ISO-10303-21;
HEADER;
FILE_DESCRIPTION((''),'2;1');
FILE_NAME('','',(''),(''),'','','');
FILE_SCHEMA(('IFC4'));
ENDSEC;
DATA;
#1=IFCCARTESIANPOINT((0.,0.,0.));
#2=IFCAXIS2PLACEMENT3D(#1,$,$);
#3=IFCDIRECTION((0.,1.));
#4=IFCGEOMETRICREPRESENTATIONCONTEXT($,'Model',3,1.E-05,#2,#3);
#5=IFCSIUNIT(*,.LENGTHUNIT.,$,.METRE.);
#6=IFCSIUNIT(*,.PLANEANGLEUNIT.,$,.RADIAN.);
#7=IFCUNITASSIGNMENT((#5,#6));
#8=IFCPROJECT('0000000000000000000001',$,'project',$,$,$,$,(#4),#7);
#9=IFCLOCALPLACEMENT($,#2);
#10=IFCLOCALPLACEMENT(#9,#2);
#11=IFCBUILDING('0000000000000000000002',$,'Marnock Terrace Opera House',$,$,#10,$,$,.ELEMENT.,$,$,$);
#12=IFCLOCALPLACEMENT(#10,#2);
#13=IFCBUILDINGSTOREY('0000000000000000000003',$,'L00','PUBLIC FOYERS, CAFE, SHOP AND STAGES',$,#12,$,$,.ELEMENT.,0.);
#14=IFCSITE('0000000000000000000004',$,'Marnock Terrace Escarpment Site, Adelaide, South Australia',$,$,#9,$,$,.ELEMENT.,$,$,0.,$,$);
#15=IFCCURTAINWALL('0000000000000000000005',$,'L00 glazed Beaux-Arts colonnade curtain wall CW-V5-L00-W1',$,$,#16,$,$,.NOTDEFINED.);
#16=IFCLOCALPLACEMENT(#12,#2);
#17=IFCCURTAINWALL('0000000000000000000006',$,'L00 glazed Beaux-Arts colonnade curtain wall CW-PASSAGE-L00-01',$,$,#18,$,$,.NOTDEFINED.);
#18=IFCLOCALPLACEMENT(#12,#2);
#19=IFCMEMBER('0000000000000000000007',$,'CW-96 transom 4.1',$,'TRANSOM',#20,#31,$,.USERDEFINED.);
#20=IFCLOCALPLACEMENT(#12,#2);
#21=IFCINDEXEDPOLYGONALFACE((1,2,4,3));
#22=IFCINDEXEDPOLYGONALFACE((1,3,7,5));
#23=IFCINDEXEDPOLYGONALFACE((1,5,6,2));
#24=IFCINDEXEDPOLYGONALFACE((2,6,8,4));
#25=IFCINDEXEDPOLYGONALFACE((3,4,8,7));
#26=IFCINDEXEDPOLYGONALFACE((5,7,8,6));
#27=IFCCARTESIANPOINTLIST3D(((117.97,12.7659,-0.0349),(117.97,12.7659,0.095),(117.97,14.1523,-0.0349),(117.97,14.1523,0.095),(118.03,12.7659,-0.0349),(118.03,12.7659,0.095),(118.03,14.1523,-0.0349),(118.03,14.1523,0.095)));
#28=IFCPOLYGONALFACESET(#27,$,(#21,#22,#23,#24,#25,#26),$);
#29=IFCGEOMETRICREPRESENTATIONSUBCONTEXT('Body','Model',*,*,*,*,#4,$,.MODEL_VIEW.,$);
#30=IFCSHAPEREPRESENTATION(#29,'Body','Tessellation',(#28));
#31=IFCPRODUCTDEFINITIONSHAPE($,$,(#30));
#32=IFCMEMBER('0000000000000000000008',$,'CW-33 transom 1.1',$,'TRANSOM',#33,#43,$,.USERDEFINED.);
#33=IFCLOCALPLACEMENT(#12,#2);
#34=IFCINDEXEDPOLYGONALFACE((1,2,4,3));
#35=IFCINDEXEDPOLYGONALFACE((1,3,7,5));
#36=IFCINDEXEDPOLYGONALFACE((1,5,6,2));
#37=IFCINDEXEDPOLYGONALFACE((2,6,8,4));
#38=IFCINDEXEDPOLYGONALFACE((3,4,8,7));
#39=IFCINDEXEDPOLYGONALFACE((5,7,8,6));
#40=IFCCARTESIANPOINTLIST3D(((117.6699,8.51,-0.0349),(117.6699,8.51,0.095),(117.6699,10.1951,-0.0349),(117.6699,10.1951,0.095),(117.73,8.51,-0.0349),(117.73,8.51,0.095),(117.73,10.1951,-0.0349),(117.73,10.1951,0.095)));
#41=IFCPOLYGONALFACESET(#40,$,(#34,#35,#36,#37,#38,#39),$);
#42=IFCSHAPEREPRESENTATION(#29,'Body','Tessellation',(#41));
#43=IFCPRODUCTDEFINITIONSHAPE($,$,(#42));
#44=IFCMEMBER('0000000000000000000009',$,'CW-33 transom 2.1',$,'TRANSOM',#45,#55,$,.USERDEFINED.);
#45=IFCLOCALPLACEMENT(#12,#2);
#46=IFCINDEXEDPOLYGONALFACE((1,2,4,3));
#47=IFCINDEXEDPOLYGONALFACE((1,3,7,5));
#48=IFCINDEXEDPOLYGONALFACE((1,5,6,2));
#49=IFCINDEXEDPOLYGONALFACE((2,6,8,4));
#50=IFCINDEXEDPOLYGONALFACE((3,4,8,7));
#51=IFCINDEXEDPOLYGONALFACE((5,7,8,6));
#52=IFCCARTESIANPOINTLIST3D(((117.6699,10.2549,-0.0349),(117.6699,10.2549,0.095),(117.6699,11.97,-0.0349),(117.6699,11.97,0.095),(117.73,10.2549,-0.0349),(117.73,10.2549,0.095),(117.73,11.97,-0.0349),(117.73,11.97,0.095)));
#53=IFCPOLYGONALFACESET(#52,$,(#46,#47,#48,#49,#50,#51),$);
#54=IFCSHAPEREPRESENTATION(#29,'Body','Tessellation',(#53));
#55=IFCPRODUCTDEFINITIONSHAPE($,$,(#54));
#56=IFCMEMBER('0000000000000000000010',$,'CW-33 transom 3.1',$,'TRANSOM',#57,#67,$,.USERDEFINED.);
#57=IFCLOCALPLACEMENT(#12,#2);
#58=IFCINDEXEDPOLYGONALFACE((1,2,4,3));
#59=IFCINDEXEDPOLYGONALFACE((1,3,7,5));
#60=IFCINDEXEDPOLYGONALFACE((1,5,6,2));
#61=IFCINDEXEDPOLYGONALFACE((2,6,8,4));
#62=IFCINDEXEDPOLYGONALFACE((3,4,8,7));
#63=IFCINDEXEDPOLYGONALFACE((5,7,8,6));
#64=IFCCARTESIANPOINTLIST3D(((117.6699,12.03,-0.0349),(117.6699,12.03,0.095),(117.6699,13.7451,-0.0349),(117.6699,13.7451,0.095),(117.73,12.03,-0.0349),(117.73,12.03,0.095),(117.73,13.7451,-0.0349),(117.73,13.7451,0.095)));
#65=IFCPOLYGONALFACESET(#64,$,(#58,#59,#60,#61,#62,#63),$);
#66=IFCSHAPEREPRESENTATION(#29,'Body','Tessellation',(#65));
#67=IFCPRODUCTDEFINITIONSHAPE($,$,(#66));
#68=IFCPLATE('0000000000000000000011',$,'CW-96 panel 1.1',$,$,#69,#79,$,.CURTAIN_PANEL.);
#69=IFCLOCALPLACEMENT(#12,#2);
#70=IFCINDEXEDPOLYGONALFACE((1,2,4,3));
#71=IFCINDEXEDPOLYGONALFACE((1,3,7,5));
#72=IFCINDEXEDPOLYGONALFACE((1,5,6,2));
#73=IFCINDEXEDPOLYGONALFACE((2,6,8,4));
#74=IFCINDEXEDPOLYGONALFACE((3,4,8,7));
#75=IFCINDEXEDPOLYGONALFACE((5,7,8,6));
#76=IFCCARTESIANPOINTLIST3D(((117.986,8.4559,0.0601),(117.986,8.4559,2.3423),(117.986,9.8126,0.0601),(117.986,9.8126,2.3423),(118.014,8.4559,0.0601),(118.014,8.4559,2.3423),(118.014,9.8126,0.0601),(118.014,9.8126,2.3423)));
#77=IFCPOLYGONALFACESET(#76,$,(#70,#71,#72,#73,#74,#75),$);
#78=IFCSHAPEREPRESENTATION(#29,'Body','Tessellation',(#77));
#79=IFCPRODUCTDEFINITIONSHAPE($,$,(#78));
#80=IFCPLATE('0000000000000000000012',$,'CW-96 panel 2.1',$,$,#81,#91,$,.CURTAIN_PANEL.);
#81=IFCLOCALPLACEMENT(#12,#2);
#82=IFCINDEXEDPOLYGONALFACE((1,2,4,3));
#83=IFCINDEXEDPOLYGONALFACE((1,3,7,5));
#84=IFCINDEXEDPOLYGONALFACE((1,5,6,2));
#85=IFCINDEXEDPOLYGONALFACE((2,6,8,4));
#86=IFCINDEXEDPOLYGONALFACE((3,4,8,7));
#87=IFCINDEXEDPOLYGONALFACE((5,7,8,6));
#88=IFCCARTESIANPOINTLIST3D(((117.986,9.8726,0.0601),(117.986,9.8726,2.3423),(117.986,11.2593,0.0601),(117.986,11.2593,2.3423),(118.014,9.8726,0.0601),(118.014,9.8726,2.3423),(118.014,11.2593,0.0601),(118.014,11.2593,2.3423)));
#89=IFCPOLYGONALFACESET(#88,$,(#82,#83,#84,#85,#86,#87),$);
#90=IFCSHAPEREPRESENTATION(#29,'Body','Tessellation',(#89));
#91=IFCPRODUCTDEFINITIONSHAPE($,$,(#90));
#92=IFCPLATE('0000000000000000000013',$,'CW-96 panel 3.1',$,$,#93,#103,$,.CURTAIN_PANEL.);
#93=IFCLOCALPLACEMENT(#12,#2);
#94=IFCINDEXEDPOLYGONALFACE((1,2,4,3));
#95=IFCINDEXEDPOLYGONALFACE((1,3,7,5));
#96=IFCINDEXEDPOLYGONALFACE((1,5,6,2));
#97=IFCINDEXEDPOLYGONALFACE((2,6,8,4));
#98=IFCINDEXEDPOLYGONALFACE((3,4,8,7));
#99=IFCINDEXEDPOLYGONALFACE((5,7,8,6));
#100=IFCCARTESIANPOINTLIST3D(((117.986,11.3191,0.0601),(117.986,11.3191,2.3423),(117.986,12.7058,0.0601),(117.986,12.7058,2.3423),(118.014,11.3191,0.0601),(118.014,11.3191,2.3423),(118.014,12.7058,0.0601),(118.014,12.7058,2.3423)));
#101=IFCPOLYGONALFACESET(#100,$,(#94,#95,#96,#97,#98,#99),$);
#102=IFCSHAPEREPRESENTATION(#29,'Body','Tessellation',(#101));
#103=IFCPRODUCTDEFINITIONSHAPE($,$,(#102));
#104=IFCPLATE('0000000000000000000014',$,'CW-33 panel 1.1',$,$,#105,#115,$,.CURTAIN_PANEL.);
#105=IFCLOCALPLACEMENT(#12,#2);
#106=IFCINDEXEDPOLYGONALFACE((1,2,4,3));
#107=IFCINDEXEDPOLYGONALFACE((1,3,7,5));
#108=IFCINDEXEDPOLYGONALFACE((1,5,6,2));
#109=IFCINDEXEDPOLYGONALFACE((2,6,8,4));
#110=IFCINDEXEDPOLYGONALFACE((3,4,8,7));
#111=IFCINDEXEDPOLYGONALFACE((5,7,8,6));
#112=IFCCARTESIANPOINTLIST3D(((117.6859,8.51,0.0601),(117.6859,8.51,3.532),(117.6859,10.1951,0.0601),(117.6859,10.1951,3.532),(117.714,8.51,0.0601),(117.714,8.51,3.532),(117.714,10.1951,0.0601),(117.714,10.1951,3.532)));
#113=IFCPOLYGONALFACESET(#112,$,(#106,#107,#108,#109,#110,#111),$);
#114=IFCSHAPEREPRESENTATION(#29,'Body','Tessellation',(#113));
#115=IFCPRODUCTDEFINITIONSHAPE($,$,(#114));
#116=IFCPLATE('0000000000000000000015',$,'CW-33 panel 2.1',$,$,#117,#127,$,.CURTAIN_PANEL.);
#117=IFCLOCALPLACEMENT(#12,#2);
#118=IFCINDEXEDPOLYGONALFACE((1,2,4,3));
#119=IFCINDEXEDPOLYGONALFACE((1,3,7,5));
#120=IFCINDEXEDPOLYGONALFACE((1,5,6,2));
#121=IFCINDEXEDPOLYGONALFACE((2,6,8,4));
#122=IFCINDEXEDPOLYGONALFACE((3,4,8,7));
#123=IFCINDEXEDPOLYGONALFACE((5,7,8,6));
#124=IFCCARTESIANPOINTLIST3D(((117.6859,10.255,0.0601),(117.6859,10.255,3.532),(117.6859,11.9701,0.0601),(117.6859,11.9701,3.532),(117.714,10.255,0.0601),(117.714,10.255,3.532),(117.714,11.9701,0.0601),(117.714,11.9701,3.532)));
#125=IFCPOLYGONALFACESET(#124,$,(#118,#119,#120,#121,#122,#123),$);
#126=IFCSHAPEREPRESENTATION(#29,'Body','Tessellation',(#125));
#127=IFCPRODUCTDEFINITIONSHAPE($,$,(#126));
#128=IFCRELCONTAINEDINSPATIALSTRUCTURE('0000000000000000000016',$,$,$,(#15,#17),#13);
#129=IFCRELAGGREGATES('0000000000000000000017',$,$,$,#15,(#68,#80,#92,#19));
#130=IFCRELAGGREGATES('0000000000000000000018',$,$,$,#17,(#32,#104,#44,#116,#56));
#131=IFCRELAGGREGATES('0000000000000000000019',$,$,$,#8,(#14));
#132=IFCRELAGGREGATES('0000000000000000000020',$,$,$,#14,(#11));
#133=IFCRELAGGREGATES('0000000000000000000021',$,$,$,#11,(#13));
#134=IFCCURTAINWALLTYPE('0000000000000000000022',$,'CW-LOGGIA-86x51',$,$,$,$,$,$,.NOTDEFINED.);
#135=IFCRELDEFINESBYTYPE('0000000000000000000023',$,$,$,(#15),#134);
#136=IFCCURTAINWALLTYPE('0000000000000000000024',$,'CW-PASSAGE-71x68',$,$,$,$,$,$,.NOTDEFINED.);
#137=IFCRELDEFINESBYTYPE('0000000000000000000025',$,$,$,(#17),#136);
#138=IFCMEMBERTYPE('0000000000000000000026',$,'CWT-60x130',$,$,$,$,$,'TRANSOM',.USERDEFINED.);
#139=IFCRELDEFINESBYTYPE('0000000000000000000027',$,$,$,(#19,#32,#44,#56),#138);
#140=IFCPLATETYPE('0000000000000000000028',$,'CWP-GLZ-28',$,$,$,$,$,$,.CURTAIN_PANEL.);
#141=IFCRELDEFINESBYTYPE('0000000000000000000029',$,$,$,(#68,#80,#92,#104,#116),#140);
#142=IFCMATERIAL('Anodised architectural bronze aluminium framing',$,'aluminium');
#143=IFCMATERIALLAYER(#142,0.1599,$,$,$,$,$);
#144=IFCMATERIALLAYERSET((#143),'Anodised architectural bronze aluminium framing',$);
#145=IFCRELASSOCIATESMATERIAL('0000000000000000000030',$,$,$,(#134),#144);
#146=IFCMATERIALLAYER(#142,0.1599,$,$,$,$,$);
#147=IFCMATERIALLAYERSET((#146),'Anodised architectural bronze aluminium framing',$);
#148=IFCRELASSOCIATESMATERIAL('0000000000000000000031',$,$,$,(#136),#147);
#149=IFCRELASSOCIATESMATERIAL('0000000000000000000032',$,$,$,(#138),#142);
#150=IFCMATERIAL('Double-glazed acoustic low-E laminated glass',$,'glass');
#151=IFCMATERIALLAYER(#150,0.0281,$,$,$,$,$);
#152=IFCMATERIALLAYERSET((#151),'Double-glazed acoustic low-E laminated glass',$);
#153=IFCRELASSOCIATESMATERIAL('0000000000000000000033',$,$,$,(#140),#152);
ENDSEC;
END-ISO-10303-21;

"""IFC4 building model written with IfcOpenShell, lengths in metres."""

from ifc_helpers import new_model, si_unit, direction, frame, origin, origin_2d, place, context, subcontext, project, spatial, rectangle, extrude, material, layer, layer_set, material_profile, profile_set, type_object, element, aggregate, save


model = new_model("IFC4")

# Units and contexts
model_context = context("Model", 3, precision=1e-05, world=origin(), true_north=direction((0.0, 1.0)))
body_context = subcontext(model_context, "Body", "Model", "MODEL_VIEW")
ifc_project = project(units=[si_unit("LENGTHUNIT", "METRE"), si_unit("PLANEANGLEUNIT", "RADIAN")], contexts=[model_context])

# Site, building, storey
site_placement = place(None, origin())
site = spatial("IfcSite", under=ifc_project, at=site_placement, Name="Marnock Terrace Escarpment Site, Adelaide, South Australia", CompositionType="ELEMENT", RefElevation=0.0)
building_placement = place(site_placement, origin())
building = spatial("IfcBuilding", under=site, at=building_placement, Name="Marnock Terrace Opera House", CompositionType="ELEMENT")
storey_placement = place(building_placement, origin())
storey = spatial("IfcBuildingStorey", under=building, at=storey_placement, Name="L00", Description="PUBLIC FOYERS, CAFE, SHOP AND STAGES", CompositionType="ELEMENT", Elevation=0.0)

# Curtain walls
ifc_material_1 = material(Name="Anodised architectural bronze aluminium framing", Category="aluminium")
ifc_layer_1 = layer(ifc_material_1, 0.1599)
ifc_layer_set_1 = layer_set([ifc_layer_1], Name="Anodised architectural bronze aluminium framing")
curtain_wall_type_1 = type_object("IfcCurtainWallType", Name="CW-LOGGIA-86x51", PredefinedType="NOTDEFINED", material=ifc_layer_set_1)
curtain_wall_1_placement = place(storey_placement, origin())
curtain_wall_1 = element("IfcCurtainWall", 1, at=curtain_wall_1_placement, inside=storey, type_object=curtain_wall_type_1, Name="L00 glazed Beaux-Arts colonnade curtain wall CW-V5-L00-W1", PredefinedType="NOTDEFINED")
ifc_layer_2 = layer(ifc_material_1, 0.1599)
ifc_layer_set_2 = layer_set([ifc_layer_2], Name="Anodised architectural bronze aluminium framing")
curtain_wall_type_2 = type_object("IfcCurtainWallType", Name="CW-PASSAGE-71x68", PredefinedType="NOTDEFINED", material=ifc_layer_set_2)
curtain_wall_2_placement = place(storey_placement, origin())
curtain_wall_2 = element("IfcCurtainWall", 2, at=curtain_wall_2_placement, inside=storey, type_object=curtain_wall_type_2, Name="L00 glazed Beaux-Arts colonnade curtain wall CW-PASSAGE-L00-01", PredefinedType="NOTDEFINED")

# Members
ifc_material_profile_1 = material_profile(ifc_material_1, rectangle(XDim=0.0601, YDim=0.1299, at=origin_2d()))
ifc_profile_set_1 = profile_set([ifc_material_profile_1], Name="Anodised architectural bronze aluminium framing")
member_type_1 = type_object("IfcMemberType", Name="CWT-60x130", ElementType="TRANSOM", PredefinedType="USERDEFINED", material=ifc_profile_set_1)
member_1_placement = place(storey_placement, frame((118.0, 12.7659, 0.03), z_axis=(0.0, 1.0, 0.0), x_axis=(-1.0, 0.0, 0.0)))
member_1 = element("IfcMember", 3, at=member_1_placement, type_object=member_type_1, Name="CW-96 transom 4.1", ObjectType="TRANSOM", PredefinedType="USERDEFINED", context=body_context, shape_type="SweptSolid", body=[
    extrude(rectangle(XDim=0.0601, YDim=0.1299, at=origin_2d()), origin(), (0.0, 0.0, 1.0), 1.3865),
])
member_2_placement = place(storey_placement, frame((117.7, 8.51, 0.03), z_axis=(0.0, 1.0, 0.0), x_axis=(-1.0, 0.0, 0.0)))
member_2 = element("IfcMember", 4, at=member_2_placement, type_object=member_type_1, Name="CW-33 transom 1.1", ObjectType="TRANSOM", PredefinedType="USERDEFINED", context=body_context, shape_type="SweptSolid", body=[
    extrude(rectangle(XDim=0.0601, YDim=0.1299, at=origin_2d()), origin(), (0.0, 0.0, 1.0), 1.6851),
])
member_3_placement = place(storey_placement, frame((117.7, 10.2549, 0.03), z_axis=(0.0, 1.0, 0.0), x_axis=(-1.0, 0.0, 0.0)))
member_3 = element("IfcMember", 5, at=member_3_placement, type_object=member_type_1, Name="CW-33 transom 2.1", ObjectType="TRANSOM", PredefinedType="USERDEFINED", context=body_context, shape_type="SweptSolid", body=[
    extrude(rectangle(XDim=0.0601, YDim=0.1299, at=origin_2d()), origin(), (0.0, 0.0, 1.0), 1.7151),
])
member_4_placement = place(storey_placement, frame((117.7, 12.03, 0.03), z_axis=(0.0, 1.0, 0.0), x_axis=(-1.0, 0.0, 0.0)))
member_4 = element("IfcMember", 6, at=member_4_placement, type_object=member_type_1, Name="CW-33 transom 3.1", ObjectType="TRANSOM", PredefinedType="USERDEFINED", context=body_context, shape_type="SweptSolid", body=[
    extrude(rectangle(XDim=0.0601, YDim=0.1299, at=origin_2d()), origin(), (0.0, 0.0, 1.0), 1.7151),
])

# Plates
ifc_material_2 = material(Name="Double-glazed acoustic low-E laminated glass", Category="glass")
ifc_layer_3 = layer(ifc_material_2, 0.0281)
ifc_layer_set_3 = layer_set([ifc_layer_3], Name="Double-glazed acoustic low-E laminated glass")
plate_type = type_object("IfcPlateType", Name="CWP-GLZ-28", PredefinedType="CURTAIN_PANEL", material=ifc_layer_set_3)
plate_1_placement = place(storey_placement, frame((118.0, 9.1343, 0.0601), z_axis=(0.0, 0.0, 1.0), x_axis=(0.0, 1.0, 0.0)))
plate_1 = element("IfcPlate", 7, at=plate_1_placement, type_object=plate_type, Name="CW-96 panel 1.1", PredefinedType="CURTAIN_PANEL", context=body_context, shape_type="SweptSolid", body=[
    extrude(rectangle(XDim=1.3567, YDim=0.0281, at=origin_2d()), origin(), (0.0, 0.0, 1.0), 2.2822),
])
plate_2_placement = place(storey_placement, frame((118.0, 10.5659, 0.0601), z_axis=(0.0, 0.0, 1.0), x_axis=(0.0, 1.0, 0.0)))
plate_2 = element("IfcPlate", 8, at=plate_2_placement, type_object=plate_type, Name="CW-96 panel 2.1", PredefinedType="CURTAIN_PANEL", context=body_context, shape_type="SweptSolid", body=[
    extrude(rectangle(XDim=1.3867, YDim=0.0281, at=origin_2d()), origin(), (0.0, 0.0, 1.0), 2.2822),
])
plate_3_placement = place(storey_placement, frame((118.0, 12.0125, 0.0601), z_axis=(0.0, 0.0, 1.0), x_axis=(0.0, 1.0, 0.0)))
plate_3 = element("IfcPlate", 9, at=plate_3_placement, type_object=plate_type, Name="CW-96 panel 3.1", PredefinedType="CURTAIN_PANEL", context=body_context, shape_type="SweptSolid", body=[
    extrude(rectangle(XDim=1.3867, YDim=0.0281, at=origin_2d()), origin(), (0.0, 0.0, 1.0), 2.2822),
])
aggregate(curtain_wall_1, [plate_1, plate_2, plate_3, member_1])
plate_4_placement = place(storey_placement, frame((117.7, 9.3525, 0.0601), z_axis=(0.0, 0.0, 1.0), x_axis=(0.0, 1.0, 0.0)))
plate_4 = element("IfcPlate", 10, at=plate_4_placement, type_object=plate_type, Name="CW-33 panel 1.1", PredefinedType="CURTAIN_PANEL", context=body_context, shape_type="SweptSolid", body=[
    extrude(rectangle(XDim=1.6851, YDim=0.0281, at=origin_2d()), origin(), (0.0, 0.0, 1.0), 3.4719),
])
plate_5_placement = place(storey_placement, frame((117.7, 11.1125, 0.0601), z_axis=(0.0, 0.0, 1.0), x_axis=(0.0, 1.0, 0.0)))
plate_5 = element("IfcPlate", 11, at=plate_5_placement, type_object=plate_type, Name="CW-33 panel 2.1", PredefinedType="CURTAIN_PANEL", context=body_context, shape_type="SweptSolid", body=[
    extrude(rectangle(XDim=1.7151, YDim=0.0281, at=origin_2d()), origin(), (0.0, 0.0, 1.0), 3.4719),
])
aggregate(curtain_wall_2, [member_2, plate_4, member_3, plate_5, member_4])

save(model, "model.ifc")
